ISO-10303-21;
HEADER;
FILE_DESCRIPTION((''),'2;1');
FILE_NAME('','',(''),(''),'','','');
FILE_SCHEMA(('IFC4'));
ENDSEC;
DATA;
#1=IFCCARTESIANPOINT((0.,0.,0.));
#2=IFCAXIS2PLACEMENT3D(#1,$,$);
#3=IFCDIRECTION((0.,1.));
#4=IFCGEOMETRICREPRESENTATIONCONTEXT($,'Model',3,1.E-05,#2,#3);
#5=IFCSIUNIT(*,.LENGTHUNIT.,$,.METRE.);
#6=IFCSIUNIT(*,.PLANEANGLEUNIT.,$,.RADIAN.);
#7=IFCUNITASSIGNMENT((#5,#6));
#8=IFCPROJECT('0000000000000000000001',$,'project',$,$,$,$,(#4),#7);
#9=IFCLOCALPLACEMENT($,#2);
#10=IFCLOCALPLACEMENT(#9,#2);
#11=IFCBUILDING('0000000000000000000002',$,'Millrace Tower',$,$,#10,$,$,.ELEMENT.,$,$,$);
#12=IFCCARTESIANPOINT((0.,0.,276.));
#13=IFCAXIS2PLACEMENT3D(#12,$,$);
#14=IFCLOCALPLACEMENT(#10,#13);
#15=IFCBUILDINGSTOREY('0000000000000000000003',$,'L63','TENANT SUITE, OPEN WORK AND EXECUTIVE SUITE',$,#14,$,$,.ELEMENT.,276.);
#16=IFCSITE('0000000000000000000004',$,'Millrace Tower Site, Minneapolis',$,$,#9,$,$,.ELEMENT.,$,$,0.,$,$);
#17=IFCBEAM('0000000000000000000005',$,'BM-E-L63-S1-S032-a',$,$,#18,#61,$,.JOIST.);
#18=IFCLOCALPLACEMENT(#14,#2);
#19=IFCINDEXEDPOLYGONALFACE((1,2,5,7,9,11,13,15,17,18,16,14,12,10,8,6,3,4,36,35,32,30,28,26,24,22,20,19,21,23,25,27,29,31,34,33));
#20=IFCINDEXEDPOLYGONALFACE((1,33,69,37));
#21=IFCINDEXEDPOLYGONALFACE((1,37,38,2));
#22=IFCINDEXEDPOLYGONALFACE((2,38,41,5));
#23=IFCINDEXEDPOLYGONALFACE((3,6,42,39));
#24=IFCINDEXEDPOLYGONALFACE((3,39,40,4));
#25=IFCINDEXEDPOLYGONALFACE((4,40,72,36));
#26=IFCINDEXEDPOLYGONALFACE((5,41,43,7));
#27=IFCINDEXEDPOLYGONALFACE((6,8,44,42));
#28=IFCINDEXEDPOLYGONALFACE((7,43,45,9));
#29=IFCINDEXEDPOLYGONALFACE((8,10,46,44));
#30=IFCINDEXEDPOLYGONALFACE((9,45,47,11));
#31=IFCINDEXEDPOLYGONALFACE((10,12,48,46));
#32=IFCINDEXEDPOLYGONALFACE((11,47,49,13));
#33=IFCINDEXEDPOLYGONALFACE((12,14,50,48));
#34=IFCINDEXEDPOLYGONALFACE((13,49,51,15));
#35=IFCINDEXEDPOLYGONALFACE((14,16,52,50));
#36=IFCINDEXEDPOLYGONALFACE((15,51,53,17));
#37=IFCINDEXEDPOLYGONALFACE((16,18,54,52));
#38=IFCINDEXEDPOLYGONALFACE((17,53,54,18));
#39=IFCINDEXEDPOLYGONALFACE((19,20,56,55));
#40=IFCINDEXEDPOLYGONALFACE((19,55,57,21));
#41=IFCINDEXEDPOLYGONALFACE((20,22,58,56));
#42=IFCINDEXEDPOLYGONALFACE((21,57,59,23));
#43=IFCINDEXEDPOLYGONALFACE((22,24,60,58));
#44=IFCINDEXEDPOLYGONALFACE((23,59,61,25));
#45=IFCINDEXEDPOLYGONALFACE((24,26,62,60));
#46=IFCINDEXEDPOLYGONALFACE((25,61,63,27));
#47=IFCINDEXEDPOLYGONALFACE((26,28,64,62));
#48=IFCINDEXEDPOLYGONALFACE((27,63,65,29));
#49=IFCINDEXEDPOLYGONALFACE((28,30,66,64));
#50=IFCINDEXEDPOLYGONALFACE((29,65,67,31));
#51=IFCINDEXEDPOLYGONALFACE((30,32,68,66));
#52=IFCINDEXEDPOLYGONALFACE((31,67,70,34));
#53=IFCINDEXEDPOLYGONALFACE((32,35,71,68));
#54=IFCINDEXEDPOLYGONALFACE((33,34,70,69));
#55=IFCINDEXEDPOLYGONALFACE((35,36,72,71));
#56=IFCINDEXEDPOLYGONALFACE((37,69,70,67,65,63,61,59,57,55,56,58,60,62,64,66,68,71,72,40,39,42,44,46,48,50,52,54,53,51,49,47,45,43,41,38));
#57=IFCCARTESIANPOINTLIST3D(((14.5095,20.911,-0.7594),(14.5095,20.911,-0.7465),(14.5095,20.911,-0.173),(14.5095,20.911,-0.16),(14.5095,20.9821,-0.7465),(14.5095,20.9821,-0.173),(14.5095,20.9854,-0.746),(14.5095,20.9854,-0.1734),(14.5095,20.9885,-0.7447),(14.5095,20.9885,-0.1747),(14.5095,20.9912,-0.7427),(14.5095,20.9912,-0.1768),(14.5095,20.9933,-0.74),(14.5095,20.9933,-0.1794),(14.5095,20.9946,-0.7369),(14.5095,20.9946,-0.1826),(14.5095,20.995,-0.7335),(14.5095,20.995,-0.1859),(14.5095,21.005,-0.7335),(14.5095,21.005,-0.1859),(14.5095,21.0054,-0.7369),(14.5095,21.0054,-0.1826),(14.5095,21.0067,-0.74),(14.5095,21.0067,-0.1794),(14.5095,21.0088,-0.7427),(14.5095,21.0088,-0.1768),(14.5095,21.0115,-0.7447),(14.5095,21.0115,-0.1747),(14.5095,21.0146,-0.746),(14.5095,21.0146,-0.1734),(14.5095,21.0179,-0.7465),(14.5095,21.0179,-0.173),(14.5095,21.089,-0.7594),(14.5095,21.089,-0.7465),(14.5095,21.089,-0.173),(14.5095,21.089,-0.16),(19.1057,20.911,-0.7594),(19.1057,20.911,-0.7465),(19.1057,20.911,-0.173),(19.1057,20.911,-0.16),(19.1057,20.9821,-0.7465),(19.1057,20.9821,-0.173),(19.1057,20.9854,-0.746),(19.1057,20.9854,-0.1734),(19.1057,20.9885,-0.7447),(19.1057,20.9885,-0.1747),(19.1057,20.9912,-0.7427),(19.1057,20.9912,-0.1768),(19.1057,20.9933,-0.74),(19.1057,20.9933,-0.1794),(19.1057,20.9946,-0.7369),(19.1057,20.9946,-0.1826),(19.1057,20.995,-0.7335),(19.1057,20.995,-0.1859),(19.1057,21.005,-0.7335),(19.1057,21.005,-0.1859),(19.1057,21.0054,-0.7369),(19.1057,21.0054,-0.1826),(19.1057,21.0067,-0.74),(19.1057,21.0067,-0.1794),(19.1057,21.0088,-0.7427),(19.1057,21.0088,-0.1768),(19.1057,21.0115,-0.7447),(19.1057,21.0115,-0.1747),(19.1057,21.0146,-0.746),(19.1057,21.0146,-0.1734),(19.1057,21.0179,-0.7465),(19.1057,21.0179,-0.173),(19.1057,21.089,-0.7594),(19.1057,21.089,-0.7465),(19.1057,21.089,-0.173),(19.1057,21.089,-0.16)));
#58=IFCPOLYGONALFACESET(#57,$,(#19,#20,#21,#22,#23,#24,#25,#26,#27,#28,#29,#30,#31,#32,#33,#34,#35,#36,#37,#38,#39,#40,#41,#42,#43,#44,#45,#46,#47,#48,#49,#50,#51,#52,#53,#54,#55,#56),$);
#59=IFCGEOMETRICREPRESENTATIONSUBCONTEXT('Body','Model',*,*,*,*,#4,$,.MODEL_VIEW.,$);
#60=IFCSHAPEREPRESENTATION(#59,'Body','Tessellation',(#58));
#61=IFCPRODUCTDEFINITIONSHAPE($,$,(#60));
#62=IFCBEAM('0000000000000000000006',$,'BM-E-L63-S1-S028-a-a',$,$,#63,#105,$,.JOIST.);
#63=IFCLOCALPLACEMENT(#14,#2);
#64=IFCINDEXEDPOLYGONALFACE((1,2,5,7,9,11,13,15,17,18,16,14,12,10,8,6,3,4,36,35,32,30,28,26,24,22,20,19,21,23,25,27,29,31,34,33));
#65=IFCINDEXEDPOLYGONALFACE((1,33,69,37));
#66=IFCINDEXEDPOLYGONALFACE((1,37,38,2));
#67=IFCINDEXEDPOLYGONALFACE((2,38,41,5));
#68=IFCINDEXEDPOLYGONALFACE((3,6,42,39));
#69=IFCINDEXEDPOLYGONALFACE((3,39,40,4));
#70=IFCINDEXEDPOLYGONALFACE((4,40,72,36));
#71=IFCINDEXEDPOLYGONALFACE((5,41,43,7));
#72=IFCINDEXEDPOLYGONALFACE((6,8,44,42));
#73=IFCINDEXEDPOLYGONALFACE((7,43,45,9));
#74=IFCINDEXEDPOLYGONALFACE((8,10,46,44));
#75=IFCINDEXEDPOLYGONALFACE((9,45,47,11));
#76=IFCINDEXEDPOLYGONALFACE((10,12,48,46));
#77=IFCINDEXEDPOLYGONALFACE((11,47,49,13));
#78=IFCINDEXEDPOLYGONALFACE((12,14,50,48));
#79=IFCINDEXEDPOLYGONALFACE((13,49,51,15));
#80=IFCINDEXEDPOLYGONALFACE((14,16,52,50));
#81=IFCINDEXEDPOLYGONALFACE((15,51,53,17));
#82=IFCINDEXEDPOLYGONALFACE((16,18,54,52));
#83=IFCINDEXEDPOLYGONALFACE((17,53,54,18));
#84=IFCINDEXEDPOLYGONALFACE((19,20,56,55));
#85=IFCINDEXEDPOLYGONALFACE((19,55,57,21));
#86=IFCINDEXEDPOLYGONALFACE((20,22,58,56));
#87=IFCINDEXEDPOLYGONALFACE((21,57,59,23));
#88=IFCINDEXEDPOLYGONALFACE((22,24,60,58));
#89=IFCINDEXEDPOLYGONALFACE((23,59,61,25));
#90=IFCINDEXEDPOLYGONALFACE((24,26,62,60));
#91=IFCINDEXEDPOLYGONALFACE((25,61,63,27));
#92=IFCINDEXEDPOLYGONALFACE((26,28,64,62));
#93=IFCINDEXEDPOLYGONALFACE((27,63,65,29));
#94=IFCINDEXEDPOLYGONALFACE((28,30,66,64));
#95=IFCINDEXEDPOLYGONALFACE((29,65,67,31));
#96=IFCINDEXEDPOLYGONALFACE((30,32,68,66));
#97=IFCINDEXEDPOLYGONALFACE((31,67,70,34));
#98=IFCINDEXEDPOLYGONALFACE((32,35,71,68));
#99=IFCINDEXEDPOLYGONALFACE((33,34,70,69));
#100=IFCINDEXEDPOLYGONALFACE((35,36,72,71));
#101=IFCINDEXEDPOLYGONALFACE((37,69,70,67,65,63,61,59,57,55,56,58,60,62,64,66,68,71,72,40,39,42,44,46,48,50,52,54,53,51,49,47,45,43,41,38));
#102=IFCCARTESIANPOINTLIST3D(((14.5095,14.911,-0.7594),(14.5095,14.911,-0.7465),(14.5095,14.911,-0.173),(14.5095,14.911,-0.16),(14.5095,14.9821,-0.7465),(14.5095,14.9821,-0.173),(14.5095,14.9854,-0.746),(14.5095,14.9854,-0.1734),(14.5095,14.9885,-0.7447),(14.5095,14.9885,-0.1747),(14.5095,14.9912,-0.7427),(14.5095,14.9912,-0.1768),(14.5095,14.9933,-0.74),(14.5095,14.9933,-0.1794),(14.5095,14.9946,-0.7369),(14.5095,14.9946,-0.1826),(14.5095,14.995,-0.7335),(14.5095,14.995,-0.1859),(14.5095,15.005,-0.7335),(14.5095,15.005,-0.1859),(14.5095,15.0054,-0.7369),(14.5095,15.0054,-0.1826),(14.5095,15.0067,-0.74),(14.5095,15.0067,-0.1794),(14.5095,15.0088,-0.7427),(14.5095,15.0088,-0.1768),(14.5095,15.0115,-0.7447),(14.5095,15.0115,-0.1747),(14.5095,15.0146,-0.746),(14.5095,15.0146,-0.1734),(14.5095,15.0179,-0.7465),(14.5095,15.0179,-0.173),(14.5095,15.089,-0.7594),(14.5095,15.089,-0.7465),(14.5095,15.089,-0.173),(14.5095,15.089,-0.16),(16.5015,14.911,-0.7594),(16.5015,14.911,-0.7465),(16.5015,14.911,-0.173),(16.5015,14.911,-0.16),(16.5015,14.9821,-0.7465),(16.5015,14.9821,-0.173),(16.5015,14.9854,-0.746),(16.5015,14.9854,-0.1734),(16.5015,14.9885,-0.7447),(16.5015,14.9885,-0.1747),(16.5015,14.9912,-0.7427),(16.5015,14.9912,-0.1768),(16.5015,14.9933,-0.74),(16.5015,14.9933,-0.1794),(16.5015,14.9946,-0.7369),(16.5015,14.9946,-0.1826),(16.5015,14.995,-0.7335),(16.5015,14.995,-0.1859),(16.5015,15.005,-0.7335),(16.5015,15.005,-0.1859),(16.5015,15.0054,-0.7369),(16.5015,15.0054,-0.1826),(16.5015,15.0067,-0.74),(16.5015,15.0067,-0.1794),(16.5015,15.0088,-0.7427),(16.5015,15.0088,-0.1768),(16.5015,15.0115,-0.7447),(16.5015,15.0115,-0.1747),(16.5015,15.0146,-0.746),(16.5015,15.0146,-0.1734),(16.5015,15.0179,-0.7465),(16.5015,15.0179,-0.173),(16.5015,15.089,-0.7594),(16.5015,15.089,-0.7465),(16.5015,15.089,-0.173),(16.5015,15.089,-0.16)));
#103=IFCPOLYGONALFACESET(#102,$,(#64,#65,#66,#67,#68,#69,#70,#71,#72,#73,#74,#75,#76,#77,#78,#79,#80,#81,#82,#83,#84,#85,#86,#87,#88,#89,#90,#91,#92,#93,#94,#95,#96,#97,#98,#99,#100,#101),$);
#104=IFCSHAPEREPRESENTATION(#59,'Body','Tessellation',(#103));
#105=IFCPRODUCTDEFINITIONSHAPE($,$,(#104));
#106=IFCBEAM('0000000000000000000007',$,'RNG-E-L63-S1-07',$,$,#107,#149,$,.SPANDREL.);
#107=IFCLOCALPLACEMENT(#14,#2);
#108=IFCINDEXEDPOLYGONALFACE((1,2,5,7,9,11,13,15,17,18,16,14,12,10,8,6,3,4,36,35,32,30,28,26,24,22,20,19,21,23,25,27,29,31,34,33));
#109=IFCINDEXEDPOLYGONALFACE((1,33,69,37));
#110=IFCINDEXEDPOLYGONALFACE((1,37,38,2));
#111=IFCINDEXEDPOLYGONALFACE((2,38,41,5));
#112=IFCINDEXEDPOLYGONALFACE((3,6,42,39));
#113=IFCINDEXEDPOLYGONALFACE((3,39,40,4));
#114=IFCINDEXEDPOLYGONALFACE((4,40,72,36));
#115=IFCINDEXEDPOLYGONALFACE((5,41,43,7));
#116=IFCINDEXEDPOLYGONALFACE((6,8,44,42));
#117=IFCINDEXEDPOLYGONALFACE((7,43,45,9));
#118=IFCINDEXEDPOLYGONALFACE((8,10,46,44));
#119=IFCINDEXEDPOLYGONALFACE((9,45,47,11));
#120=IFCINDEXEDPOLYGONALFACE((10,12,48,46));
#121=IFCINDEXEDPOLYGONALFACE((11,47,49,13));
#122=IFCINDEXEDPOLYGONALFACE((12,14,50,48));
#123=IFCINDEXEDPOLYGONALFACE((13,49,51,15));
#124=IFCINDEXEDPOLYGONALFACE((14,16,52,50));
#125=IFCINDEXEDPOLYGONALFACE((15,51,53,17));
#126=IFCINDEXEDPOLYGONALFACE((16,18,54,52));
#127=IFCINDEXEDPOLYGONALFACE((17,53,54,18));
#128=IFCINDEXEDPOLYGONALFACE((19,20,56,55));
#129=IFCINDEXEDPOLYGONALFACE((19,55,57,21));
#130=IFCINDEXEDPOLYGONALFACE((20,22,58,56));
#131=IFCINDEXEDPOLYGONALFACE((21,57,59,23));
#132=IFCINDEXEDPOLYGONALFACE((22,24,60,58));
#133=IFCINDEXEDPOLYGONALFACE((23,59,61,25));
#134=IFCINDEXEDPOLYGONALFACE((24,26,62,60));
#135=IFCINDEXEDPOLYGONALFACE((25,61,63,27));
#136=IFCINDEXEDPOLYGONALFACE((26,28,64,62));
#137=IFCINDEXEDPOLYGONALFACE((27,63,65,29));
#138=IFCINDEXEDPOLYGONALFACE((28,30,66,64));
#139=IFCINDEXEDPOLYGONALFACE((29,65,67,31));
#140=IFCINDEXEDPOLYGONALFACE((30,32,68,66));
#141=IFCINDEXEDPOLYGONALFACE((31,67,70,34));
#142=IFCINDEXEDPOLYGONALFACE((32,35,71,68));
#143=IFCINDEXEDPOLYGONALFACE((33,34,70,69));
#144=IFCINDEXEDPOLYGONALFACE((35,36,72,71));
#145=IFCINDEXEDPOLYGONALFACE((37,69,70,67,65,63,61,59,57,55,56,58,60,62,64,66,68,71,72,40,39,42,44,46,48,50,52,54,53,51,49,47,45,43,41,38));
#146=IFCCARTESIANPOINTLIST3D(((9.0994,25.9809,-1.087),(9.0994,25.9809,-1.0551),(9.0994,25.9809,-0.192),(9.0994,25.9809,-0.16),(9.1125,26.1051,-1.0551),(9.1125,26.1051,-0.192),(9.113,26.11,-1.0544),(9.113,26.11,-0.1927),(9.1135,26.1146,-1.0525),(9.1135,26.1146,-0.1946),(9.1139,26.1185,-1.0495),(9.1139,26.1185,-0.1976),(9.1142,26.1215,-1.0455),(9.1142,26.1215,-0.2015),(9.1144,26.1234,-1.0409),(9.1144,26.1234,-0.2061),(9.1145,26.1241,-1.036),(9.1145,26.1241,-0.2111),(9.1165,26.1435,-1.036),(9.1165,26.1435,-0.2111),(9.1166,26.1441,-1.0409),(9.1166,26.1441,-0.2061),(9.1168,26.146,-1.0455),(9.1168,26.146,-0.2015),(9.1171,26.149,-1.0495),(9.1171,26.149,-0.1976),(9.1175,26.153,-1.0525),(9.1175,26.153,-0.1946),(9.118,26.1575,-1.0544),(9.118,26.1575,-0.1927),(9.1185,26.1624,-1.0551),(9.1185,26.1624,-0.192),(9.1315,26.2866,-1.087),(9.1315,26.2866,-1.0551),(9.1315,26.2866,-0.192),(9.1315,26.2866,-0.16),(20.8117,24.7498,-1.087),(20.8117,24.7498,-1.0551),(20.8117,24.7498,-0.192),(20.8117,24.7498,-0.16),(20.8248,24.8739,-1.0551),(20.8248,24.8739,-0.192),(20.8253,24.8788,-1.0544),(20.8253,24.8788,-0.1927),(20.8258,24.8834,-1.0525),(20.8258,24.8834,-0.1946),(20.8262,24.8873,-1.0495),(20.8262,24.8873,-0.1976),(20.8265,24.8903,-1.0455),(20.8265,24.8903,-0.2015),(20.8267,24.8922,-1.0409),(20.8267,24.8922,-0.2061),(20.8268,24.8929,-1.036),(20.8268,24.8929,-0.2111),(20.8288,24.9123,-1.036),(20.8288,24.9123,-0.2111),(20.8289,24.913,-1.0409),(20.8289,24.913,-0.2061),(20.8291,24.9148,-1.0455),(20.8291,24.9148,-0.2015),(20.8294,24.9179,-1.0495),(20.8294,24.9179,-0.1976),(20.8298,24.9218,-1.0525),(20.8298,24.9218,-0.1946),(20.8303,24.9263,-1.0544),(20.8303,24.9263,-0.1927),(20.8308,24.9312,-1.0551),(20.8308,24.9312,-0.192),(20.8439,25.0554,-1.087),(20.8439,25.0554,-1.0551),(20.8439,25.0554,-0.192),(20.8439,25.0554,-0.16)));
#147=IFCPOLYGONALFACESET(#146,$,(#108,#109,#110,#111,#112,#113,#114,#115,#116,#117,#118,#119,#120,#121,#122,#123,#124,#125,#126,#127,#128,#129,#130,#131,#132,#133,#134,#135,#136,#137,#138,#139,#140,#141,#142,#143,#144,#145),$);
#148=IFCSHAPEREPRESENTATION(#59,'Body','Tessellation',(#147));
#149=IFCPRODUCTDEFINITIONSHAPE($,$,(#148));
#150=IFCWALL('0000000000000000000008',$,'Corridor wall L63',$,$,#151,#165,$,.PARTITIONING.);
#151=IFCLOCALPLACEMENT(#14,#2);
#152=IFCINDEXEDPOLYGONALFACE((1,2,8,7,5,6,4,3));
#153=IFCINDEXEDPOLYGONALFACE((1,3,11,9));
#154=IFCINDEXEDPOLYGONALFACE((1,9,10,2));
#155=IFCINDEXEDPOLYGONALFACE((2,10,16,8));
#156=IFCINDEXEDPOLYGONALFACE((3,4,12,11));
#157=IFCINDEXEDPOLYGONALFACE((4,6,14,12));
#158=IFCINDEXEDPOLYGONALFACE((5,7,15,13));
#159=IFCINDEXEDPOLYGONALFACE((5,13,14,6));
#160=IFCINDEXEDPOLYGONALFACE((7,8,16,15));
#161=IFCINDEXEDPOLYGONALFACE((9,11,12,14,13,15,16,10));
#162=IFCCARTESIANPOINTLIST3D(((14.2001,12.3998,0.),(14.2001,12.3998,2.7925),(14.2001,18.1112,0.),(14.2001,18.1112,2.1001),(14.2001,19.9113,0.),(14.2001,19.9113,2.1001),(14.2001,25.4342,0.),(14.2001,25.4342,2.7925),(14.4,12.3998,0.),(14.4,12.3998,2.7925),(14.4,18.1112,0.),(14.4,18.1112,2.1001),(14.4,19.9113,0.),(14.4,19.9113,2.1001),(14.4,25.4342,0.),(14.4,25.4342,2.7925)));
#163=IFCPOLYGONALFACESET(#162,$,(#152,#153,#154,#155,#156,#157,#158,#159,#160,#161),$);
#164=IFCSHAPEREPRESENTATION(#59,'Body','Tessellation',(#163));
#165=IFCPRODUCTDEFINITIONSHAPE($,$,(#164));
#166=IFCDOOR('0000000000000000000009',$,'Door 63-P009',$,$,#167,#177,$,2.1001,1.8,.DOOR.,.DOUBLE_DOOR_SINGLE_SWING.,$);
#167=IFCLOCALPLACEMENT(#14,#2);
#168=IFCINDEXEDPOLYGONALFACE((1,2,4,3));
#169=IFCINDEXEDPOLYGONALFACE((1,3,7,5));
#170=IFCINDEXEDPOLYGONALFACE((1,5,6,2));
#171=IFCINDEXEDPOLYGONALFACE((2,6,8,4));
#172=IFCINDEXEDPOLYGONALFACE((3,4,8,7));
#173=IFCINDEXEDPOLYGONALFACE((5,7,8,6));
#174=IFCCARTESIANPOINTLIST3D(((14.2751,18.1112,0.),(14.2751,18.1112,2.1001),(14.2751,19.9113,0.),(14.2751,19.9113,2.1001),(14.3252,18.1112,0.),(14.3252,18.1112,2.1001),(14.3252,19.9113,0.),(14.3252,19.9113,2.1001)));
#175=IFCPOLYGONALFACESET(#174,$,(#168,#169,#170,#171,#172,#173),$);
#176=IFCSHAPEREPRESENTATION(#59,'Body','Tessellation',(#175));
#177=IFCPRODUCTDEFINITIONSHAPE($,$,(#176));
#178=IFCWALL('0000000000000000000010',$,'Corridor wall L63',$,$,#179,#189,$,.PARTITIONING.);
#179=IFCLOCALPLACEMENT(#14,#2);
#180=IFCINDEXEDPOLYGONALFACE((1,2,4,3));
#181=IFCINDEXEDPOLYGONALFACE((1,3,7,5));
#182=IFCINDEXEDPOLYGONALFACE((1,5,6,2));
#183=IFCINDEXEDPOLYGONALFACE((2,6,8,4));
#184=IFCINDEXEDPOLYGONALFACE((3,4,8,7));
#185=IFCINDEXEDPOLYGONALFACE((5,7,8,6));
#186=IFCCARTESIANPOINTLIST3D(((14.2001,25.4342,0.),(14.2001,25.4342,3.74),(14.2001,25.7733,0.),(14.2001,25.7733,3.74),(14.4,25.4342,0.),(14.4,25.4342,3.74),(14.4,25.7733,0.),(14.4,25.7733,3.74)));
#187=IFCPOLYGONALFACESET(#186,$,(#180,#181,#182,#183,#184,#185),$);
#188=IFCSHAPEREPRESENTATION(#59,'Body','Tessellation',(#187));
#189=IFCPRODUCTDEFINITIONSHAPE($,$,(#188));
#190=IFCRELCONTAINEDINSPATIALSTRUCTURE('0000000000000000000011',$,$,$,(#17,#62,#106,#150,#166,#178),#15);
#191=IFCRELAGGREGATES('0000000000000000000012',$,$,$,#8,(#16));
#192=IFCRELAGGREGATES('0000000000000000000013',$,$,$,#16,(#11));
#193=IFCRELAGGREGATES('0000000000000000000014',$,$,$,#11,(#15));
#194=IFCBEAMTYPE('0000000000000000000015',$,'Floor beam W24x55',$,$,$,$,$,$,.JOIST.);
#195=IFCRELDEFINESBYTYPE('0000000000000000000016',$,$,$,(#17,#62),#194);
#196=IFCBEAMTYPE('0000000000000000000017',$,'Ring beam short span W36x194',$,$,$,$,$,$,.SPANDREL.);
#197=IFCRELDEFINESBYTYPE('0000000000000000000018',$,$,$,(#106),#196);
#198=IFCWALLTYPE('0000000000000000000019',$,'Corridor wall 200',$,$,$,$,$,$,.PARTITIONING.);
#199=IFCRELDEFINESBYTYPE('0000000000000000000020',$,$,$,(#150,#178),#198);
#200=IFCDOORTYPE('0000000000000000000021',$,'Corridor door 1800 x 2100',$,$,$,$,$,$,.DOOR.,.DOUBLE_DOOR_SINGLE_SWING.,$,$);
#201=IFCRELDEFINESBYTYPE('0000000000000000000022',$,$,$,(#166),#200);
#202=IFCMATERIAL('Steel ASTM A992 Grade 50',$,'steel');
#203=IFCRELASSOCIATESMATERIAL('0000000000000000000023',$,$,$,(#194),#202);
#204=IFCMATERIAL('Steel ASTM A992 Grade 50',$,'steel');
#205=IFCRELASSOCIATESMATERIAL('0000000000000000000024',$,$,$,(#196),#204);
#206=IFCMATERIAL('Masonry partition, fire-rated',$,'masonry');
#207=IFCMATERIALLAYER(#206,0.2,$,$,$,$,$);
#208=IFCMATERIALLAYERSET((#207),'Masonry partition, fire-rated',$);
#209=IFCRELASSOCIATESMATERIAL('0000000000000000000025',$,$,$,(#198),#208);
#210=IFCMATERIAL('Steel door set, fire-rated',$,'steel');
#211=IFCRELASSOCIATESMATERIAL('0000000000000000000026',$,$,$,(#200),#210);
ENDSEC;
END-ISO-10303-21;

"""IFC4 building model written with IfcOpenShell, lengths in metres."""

from ifc_helpers import new_model, si_unit, direction, frame, frame_2d, origin, origin_2d, place, context, subcontext, project, spatial, rectangle, i_section, extrude, material, layer, layer_set, material_profile, profile_set, type_object, element, fill, save


model = new_model("IFC4")

# Units and contexts
model_context = context("Model", 3, precision=1e-05, world=origin(), true_north=direction((0.0, 1.0)))
body_context = subcontext(model_context, "Body", "Model", "MODEL_VIEW")
ifc_project = project(units=[si_unit("LENGTHUNIT", "METRE"), si_unit("PLANEANGLEUNIT", "RADIAN")], contexts=[model_context])

# Site, building, storey
site_placement = place(None, origin())
site = spatial("IfcSite", under=ifc_project, at=site_placement, Name="Millrace Tower Site, Minneapolis", CompositionType="ELEMENT", RefElevation=0.0)
building_placement = place(site_placement, origin())
building = spatial("IfcBuilding", under=site, at=building_placement, Name="Millrace Tower", CompositionType="ELEMENT")
storey_placement = place(building_placement, frame((0.0, 0.0, 276.0)))
storey = spatial("IfcBuildingStorey", under=building, at=storey_placement, Name="L63", Description="TENANT SUITE, OPEN WORK AND EXECUTIVE SUITE", CompositionType="ELEMENT", Elevation=276.0)

# Beams
ifc_material_1 = material(Name="Steel ASTM A992 Grade 50", Category="steel")
ifc_material_profile_1 = material_profile(ifc_material_1, i_section(OverallWidth=0.178, OverallDepth=0.5994, WebThickness=0.01, FlangeThickness=0.0129, FilletRadius=0.0129, at=origin_2d()))
ifc_profile_set_1 = profile_set([ifc_material_profile_1], Name="Steel ASTM A992 Grade 50")
beam_type_1 = type_object("IfcBeamType", Name="Floor beam W24x55", PredefinedType="JOIST", material=ifc_profile_set_1)
beam_1_placement = place(storey_placement, frame((14.5095, 21.0, -0.4597), z_axis=(1.0, 0.0, 0.0), x_axis=(0.0, 1.0, 0.0)))
element("IfcBeam", 1, at=beam_1_placement, inside=storey, type_object=beam_type_1, Name="BM-E-L63-S1-S032-a", PredefinedType="JOIST", context=body_context, shape_type="SweptSolid", body=[
    extrude(i_section(OverallWidth=0.178, OverallDepth=0.5994, WebThickness=0.01, FlangeThickness=0.0129, FilletRadius=0.0129, at=origin_2d()), origin(), (0.0, 0.0, 1.0), 4.5962),
])
beam_2_placement = place(storey_placement, frame((14.5095, 15.0, -0.4597), z_axis=(1.0, 0.0, 0.0), x_axis=(0.0, 1.0, 0.0)))
element("IfcBeam", 2, at=beam_2_placement, inside=storey, type_object=beam_type_1, Name="BM-E-L63-S1-S028-a-a", PredefinedType="JOIST", context=body_context, shape_type="SweptSolid", body=[
    extrude(i_section(OverallWidth=0.178, OverallDepth=0.5994, WebThickness=0.01, FlangeThickness=0.0129, FilletRadius=0.0129, at=origin_2d()), origin(), (0.0, 0.0, 1.0), 1.9919),
])
ifc_material_2 = material(Name="Steel ASTM A992 Grade 50", Category="steel")
ifc_material_profile_2 = material_profile(ifc_material_2, i_section(OverallWidth=0.3074, OverallDepth=0.927, WebThickness=0.0195, FlangeThickness=0.032, FilletRadius=0.019, at=origin_2d()))
ifc_profile_set_2 = profile_set([ifc_material_profile_2], Name="Steel ASTM A992 Grade 50")
beam_type_2 = type_object("IfcBeamType", Name="Ring beam short span W36x194", PredefinedType="SPANDREL", material=ifc_profile_set_2)
beam_3_placement = place(storey_placement, frame((9.1155, 26.1338, -0.6235), z_axis=(0.99452, -0.104543, 0.0), x_axis=(0.104543, 0.99452, 0.0)))
element("IfcBeam", 3, at=beam_3_placement, inside=storey, type_object=beam_type_2, Name="RNG-E-L63-S1-07", PredefinedType="SPANDREL", context=body_context, shape_type="SweptSolid", body=[
    extrude(i_section(OverallWidth=0.3074, OverallDepth=0.927, WebThickness=0.0195, FlangeThickness=0.032, FilletRadius=0.019, at=origin_2d()), origin(), (0.0, 0.0, 1.0), 11.7769),
])

# Wall, opening, door
ifc_material_3 = material(Name="Masonry partition, fire-rated", Category="masonry")
ifc_layer_1 = layer(ifc_material_3, 0.2)
ifc_layer_set_1 = layer_set([ifc_layer_1], Name="Masonry partition, fire-rated")
wall_type_1 = type_object("IfcWallType", Name="Corridor wall 200", PredefinedType="PARTITIONING", material=ifc_layer_set_1)
wall_1_placement = place(storey_placement, frame((14.3, 12.3999, 0.0), z_axis=(0.0, 0.0, 1.0), x_axis=(0.0, 1.0, 0.0)))
wall_1 = element("IfcWall", 4, at=wall_1_placement, inside=storey, type_object=wall_type_1, Name="Corridor wall L63", PredefinedType="PARTITIONING", context=body_context, shape_type="SweptSolid", body=[
    extrude(rectangle(XDim=13.0344, YDim=0.2, at=frame_2d((6.5171, 0.0))), origin(), (0.0, 0.0, 1.0), 2.7925),
])
opening_placement = place(wall_1_placement, frame((5.7114, 0.0, 0.0)))
opening = element("IfcOpeningElement", 5, at=opening_placement, cuts=wall_1, PredefinedType="OPENING", context=body_context, shape_type="SweptSolid", body=[
    extrude(rectangle(XDim=1.8, YDim=2.1001, at=frame_2d((0.8999, 1.05))), frame((0.0, 0.1099, 0.0), z_axis=(0.0, -1.0, 0.0), x_axis=(1.0, 0.0, 0.0)), (0.0, 0.0, 1.0), 0.22),
])
ifc_material_4 = material(Name="Steel door set, fire-rated", Category="steel")
door_type = type_object("IfcDoorType", Name="Corridor door 1800 x 2100", OperationType="DOUBLE_DOOR_SINGLE_SWING", PredefinedType="DOOR", material=ifc_material_4)
door_placement = place(opening_placement, origin())
door = element("IfcDoor", 6, at=door_placement, inside=storey, type_object=door_type, Name="Door 63-P009", OperationType="DOUBLE_DOOR_SINGLE_SWING", OverallHeight=2.1001, OverallWidth=1.8, PredefinedType="DOOR", context=body_context, shape_type="SweptSolid", body=[
    extrude(rectangle(XDim=1.8, YDim=2.1001, at=frame_2d((0.8999, 1.05))), frame((0.0, 0.0249, 0.0), z_axis=(0.0, -1.0, 0.0), x_axis=(1.0, 0.0, 0.0)), (0.0, 0.0, 1.0), 0.05),
])
fill(opening, door)

# Wall
wall_2_placement = place(storey_placement, frame((14.3, 25.4343, 0.0), z_axis=(0.0, 0.0, 1.0), x_axis=(0.0, 1.0, 0.0)))
element("IfcWall", 7, at=wall_2_placement, inside=storey, type_object=wall_type_1, Name="Corridor wall L63", PredefinedType="PARTITIONING", context=body_context, shape_type="SweptSolid", body=[
    extrude(rectangle(XDim=0.3391, YDim=0.2, at=frame_2d((0.1694, 0.0))), origin(), (0.0, 0.0, 1.0), 3.74),
])

save(model, "model.ifc")
